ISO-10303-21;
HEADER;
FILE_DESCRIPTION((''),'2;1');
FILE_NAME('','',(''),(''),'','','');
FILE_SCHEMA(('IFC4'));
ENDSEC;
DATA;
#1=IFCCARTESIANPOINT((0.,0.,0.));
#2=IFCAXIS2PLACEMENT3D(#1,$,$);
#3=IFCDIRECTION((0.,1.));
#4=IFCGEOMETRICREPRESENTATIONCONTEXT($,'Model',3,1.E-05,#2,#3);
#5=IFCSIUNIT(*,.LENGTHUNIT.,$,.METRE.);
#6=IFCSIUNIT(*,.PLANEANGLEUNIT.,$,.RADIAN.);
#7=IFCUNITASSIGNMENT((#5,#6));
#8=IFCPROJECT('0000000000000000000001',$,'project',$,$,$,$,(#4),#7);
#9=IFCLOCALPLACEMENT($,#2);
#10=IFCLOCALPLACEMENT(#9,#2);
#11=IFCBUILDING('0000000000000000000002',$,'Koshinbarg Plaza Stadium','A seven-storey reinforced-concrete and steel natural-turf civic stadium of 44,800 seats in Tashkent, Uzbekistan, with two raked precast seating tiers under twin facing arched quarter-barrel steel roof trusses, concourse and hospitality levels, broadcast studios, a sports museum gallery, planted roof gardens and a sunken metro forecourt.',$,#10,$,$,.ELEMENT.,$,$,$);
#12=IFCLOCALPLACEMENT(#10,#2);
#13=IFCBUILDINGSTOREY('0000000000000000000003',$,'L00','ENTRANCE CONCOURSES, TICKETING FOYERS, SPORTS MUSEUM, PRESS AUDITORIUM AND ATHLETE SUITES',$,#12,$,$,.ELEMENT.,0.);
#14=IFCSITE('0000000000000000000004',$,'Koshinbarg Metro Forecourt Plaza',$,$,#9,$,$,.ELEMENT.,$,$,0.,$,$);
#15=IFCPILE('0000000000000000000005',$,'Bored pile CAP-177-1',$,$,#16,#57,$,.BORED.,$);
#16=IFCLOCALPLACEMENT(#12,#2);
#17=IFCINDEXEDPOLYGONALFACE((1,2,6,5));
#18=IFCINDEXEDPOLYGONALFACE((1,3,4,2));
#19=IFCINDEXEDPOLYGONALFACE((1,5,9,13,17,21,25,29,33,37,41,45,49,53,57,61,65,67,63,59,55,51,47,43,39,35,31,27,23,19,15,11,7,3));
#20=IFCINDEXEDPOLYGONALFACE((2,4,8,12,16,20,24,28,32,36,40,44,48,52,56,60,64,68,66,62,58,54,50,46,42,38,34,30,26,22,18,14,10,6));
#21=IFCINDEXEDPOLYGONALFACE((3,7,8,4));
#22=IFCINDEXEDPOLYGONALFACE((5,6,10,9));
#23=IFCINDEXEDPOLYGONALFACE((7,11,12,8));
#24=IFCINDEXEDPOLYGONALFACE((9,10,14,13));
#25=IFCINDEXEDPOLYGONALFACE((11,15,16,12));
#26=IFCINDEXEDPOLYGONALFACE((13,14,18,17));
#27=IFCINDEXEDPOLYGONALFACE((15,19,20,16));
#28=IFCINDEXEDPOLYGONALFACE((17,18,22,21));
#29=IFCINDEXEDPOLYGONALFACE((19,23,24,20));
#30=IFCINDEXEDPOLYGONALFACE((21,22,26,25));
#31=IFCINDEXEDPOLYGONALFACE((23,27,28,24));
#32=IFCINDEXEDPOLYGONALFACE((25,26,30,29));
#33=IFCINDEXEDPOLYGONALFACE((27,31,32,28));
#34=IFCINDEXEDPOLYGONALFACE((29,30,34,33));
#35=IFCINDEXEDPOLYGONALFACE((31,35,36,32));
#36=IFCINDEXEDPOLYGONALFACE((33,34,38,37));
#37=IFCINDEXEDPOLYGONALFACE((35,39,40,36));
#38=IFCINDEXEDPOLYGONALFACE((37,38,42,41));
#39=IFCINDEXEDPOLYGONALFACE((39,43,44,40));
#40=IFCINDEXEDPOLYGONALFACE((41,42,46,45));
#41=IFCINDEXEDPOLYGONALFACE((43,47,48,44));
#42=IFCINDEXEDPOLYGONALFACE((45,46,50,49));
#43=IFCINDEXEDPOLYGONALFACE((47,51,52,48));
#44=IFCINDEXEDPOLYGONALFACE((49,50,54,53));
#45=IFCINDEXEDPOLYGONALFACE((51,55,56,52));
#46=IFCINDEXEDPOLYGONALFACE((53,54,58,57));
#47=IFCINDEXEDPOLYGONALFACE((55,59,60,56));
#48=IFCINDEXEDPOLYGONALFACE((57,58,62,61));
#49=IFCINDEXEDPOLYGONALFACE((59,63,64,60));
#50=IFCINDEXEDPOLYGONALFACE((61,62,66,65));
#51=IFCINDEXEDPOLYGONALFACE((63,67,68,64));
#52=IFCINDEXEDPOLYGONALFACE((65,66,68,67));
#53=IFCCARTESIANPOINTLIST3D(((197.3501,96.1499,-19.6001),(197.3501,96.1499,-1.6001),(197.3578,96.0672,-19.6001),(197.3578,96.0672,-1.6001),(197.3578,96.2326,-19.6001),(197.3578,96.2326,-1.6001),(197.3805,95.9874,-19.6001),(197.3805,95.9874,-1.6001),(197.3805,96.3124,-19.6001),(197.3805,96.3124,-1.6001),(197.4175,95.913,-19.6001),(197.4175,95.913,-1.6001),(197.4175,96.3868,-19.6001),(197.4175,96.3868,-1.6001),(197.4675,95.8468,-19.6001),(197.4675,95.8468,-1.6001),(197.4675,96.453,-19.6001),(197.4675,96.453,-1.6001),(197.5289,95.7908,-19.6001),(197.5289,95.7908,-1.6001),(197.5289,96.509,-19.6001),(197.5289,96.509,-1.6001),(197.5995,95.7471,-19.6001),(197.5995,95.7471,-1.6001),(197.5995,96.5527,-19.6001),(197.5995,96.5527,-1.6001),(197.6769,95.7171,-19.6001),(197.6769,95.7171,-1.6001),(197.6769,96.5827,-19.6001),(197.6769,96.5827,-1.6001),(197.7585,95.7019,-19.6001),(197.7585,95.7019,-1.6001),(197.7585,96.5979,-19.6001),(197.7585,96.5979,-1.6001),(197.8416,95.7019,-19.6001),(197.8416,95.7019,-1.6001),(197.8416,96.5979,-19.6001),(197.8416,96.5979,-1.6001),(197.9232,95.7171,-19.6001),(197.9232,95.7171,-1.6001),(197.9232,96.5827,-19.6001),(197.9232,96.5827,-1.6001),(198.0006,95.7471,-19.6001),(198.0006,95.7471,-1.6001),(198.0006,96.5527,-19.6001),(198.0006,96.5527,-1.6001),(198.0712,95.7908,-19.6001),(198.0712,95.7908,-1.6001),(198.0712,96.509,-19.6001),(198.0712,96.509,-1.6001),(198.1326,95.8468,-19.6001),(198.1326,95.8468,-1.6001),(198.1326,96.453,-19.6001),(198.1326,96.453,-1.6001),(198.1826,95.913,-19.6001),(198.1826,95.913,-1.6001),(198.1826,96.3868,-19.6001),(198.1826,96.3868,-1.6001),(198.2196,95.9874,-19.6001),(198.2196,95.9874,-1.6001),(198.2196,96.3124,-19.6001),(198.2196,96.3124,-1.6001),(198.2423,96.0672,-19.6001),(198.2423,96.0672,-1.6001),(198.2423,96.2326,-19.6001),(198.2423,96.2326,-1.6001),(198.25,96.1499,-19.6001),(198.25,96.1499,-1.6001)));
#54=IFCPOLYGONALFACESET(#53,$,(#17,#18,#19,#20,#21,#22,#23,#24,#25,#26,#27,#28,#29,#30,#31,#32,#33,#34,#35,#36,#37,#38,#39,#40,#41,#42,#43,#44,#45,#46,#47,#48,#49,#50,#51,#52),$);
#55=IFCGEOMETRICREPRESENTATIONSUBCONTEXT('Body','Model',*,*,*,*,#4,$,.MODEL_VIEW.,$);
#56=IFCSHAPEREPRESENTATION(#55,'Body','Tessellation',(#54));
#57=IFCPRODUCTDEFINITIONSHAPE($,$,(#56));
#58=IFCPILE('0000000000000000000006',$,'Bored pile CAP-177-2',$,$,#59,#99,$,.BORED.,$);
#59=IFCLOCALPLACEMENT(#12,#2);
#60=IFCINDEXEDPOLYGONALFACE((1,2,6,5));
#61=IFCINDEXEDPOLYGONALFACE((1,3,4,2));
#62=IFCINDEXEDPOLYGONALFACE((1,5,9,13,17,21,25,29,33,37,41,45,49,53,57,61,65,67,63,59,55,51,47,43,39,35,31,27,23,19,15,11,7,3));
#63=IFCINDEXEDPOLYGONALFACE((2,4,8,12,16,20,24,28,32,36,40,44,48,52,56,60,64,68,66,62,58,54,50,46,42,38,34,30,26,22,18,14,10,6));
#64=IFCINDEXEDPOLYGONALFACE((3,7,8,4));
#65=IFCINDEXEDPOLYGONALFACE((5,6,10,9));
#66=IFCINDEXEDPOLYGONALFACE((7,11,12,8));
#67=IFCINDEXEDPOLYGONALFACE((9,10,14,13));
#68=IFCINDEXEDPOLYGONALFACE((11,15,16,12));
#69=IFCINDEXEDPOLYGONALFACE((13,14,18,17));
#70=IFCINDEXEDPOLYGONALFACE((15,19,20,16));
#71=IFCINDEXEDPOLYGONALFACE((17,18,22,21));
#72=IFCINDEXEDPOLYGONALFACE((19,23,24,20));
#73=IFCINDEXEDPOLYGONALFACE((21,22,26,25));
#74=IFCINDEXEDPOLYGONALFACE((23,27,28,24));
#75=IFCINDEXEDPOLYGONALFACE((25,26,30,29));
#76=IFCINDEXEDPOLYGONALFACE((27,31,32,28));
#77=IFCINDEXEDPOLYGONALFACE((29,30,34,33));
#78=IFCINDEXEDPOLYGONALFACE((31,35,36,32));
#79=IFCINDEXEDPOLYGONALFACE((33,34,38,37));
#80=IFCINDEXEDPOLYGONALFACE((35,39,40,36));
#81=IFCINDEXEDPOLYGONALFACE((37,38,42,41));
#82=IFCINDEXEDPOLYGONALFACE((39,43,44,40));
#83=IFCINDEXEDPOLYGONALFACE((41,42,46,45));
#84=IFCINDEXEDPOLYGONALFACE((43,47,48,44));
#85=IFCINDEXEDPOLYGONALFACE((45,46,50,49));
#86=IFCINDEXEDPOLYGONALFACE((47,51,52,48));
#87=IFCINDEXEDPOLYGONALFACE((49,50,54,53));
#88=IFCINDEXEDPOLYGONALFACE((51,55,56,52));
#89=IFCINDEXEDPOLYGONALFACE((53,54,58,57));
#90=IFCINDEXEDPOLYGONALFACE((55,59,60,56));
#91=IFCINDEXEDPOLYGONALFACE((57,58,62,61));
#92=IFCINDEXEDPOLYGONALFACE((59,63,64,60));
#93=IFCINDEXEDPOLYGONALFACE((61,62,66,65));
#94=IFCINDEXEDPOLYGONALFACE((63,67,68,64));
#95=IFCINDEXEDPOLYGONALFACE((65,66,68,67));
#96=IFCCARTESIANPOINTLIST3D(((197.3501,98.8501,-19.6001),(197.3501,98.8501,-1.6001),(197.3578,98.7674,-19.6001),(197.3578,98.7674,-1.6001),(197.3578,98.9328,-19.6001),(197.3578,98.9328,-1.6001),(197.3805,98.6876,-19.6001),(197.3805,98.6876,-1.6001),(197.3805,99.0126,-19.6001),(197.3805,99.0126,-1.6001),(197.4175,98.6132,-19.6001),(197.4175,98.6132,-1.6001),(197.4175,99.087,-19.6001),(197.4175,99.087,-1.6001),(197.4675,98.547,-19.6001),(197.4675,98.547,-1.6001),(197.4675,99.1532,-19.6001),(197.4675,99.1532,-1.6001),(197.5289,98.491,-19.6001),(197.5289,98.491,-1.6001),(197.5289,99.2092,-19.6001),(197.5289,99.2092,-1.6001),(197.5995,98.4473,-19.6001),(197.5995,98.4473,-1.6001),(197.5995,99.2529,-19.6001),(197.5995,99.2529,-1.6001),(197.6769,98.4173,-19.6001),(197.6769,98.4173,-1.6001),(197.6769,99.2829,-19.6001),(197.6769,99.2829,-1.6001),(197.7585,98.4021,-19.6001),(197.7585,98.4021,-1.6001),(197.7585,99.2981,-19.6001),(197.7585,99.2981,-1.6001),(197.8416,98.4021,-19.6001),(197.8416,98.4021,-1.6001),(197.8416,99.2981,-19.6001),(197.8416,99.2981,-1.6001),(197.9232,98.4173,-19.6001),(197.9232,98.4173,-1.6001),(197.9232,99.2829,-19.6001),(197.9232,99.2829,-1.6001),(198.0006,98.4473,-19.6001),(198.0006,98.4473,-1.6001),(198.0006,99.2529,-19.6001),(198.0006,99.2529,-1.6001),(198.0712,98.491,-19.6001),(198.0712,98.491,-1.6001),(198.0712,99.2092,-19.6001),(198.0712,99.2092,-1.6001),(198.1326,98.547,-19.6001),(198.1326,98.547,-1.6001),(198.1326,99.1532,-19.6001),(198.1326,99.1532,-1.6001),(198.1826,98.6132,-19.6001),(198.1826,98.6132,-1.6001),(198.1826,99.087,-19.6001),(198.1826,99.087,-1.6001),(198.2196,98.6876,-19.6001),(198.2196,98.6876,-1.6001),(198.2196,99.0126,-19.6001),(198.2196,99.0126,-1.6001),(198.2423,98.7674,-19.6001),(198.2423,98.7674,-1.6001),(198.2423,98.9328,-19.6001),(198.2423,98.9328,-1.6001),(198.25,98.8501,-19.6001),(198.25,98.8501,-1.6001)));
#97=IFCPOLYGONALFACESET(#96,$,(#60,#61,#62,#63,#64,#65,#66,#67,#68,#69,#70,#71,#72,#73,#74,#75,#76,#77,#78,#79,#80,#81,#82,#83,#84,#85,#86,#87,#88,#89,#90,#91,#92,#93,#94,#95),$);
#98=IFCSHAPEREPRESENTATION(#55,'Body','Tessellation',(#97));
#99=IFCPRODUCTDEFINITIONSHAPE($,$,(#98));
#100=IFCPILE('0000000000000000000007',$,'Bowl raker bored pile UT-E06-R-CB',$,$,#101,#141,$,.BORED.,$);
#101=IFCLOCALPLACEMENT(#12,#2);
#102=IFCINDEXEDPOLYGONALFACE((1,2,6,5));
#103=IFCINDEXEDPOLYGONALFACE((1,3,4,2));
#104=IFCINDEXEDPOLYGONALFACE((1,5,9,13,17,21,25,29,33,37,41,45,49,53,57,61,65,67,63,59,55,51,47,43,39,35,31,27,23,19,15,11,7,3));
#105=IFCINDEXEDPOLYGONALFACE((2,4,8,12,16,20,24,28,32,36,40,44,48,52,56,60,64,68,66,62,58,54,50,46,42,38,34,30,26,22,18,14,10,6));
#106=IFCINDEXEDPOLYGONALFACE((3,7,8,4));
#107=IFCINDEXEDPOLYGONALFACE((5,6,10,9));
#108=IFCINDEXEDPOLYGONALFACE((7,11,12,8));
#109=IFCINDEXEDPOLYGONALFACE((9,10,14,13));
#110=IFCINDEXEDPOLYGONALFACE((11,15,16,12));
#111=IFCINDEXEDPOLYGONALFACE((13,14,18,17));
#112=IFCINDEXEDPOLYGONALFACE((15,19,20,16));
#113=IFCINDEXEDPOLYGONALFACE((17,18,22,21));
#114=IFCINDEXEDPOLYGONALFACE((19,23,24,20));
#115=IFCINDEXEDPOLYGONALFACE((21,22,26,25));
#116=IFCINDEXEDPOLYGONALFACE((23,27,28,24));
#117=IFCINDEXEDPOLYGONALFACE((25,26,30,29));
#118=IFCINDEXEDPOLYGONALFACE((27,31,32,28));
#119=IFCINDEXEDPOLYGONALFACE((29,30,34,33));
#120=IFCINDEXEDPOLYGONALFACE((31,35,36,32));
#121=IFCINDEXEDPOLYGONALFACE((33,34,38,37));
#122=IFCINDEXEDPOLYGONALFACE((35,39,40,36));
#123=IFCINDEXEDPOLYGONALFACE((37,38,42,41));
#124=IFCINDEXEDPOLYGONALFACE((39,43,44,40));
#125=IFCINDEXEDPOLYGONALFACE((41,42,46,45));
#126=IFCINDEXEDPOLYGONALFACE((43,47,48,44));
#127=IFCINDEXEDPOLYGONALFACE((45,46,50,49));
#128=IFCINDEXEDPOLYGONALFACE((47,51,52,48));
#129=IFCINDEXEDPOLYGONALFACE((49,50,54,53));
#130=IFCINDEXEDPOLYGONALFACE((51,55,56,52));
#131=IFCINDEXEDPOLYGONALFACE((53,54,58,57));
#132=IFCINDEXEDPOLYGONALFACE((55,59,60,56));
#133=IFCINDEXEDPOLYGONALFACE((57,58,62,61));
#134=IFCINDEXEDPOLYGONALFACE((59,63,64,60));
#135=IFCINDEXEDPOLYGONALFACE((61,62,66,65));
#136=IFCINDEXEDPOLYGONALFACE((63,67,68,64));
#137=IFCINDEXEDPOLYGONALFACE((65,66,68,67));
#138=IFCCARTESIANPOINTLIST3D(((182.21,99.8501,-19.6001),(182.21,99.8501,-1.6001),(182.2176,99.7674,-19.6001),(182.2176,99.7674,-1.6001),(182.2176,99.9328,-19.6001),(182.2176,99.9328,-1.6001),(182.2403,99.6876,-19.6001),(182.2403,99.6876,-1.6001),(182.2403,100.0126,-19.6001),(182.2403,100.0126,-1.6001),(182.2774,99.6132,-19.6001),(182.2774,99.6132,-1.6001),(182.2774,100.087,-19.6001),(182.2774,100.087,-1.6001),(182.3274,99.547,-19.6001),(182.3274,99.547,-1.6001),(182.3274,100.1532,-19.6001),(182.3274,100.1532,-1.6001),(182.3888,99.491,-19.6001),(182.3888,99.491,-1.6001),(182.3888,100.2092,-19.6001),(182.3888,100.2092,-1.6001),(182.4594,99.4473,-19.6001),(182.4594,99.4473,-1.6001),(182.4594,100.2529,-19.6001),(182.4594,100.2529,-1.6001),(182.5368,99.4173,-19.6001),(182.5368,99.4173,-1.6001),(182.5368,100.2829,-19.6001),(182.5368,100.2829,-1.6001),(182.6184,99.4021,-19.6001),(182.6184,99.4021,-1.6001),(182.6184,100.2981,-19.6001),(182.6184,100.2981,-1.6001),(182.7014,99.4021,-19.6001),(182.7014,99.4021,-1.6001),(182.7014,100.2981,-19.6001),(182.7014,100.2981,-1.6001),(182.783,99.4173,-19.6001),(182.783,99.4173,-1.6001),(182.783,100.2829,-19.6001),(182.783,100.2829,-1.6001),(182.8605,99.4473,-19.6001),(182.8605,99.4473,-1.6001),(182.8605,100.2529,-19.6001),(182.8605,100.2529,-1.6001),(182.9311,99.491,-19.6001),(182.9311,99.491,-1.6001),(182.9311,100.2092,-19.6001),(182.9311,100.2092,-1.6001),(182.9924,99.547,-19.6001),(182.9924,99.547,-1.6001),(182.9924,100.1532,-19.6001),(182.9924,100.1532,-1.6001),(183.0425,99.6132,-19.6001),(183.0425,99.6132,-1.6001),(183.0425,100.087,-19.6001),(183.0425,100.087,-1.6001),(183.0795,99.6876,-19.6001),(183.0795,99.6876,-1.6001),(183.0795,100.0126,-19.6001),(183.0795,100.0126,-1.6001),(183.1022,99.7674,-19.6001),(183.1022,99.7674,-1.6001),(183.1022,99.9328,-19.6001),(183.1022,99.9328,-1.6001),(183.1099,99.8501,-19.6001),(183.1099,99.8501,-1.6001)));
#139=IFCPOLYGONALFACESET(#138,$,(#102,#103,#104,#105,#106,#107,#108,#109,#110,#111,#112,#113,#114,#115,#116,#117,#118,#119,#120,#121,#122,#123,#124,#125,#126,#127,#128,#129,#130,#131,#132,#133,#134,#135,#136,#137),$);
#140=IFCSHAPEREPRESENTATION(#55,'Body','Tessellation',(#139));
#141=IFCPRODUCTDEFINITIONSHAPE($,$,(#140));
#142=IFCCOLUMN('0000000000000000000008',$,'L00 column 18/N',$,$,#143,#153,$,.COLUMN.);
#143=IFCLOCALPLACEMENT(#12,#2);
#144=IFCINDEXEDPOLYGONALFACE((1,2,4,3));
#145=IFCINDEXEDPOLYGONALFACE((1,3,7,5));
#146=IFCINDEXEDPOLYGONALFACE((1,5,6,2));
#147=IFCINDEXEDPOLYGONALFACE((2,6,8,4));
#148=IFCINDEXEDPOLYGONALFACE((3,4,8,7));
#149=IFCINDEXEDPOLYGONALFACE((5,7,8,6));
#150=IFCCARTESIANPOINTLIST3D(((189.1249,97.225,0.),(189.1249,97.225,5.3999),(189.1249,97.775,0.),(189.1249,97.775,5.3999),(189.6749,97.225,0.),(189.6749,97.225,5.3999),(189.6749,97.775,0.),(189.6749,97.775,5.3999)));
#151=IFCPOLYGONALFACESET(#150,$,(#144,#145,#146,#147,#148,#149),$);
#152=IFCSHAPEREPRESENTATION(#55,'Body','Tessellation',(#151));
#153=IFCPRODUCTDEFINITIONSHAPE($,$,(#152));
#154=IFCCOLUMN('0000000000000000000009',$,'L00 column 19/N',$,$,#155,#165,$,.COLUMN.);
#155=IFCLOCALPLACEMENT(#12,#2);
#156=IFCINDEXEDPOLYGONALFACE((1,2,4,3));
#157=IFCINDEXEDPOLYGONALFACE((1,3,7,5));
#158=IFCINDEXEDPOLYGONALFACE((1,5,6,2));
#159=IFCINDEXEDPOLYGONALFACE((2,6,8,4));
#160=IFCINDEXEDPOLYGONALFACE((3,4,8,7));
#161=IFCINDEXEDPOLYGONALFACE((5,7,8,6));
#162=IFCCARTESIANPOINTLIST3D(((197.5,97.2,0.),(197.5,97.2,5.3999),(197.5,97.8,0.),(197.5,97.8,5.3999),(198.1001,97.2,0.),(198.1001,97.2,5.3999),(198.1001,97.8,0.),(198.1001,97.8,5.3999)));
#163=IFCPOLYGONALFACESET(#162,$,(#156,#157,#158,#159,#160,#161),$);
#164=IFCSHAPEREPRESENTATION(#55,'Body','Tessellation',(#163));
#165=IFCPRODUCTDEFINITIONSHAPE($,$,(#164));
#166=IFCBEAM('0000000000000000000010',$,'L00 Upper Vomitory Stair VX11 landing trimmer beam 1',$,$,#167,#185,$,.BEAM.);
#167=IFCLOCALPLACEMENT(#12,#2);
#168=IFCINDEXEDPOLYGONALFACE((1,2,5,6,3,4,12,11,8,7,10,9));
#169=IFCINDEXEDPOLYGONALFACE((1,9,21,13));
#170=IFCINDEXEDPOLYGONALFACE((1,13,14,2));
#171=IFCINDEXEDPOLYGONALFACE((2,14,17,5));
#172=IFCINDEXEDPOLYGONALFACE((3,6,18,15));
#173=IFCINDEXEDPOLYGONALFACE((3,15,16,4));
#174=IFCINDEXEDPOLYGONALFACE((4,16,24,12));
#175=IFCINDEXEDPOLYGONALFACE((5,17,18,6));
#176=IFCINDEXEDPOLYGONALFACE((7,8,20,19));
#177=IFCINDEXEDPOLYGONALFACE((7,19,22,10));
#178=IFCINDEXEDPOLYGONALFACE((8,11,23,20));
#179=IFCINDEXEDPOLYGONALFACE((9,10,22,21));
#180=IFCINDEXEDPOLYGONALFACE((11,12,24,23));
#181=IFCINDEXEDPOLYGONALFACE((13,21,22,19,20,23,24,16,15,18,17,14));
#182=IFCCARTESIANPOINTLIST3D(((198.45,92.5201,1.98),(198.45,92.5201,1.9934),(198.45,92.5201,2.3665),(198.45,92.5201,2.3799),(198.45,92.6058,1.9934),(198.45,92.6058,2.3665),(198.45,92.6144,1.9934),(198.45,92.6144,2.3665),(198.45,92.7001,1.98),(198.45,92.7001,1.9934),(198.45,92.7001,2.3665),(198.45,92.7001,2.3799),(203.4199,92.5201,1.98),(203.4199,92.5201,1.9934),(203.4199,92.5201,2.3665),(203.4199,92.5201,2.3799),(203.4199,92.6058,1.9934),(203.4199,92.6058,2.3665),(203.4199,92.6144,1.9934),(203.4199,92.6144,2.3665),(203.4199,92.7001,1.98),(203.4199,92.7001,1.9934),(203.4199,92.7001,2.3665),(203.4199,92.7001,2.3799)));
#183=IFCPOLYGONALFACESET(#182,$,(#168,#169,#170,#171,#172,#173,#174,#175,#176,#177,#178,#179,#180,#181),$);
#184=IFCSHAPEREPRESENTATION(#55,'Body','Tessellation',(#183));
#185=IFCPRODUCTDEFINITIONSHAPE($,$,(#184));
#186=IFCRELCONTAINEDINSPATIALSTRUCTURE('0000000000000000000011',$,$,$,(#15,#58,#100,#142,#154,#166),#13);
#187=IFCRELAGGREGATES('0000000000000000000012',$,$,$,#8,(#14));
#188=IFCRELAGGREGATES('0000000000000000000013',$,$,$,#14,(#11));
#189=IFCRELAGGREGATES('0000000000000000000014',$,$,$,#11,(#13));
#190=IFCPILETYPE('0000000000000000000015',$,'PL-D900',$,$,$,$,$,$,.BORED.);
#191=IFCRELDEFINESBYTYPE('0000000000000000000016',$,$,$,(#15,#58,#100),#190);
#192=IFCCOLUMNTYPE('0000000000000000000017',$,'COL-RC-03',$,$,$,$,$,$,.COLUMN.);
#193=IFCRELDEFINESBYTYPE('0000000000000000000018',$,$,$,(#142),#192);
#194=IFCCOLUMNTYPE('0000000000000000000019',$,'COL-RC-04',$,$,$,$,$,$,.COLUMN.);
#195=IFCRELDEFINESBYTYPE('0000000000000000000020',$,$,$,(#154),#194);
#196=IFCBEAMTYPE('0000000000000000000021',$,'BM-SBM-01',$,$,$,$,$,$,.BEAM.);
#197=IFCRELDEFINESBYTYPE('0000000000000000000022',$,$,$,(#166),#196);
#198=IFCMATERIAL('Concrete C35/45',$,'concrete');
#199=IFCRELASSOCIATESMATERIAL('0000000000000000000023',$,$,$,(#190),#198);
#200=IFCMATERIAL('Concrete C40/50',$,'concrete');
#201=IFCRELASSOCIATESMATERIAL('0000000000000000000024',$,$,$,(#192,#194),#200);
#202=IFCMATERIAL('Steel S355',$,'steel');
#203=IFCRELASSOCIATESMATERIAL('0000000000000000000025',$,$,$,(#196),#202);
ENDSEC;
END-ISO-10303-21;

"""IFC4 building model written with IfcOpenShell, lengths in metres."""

from ifc_helpers import new_model, si_unit, direction, frame, origin, origin_2d, place, context, subcontext, project, spatial, rectangle, circle, i_section, extrude, material, material_profile, profile_set, type_object, element, save


model = new_model("IFC4")

# Units and contexts
model_context = context("Model", 3, precision=1e-05, world=origin(), true_north=direction((0.0, 1.0)))
body_context = subcontext(model_context, "Body", "Model", "MODEL_VIEW")
ifc_project = project(units=[si_unit("LENGTHUNIT", "METRE"), si_unit("PLANEANGLEUNIT", "RADIAN")], contexts=[model_context])

# Site, building, storey
site_placement = place(None, origin())
site = spatial("IfcSite", under=ifc_project, at=site_placement, Name="Koshinbarg Metro Forecourt Plaza", CompositionType="ELEMENT", RefElevation=0.0)
building_placement = place(site_placement, origin())
building = spatial("IfcBuilding", under=site, at=building_placement, Name="Koshinbarg Plaza Stadium", Description="A seven-storey reinforced-concrete and steel natural-turf civic stadium of 44,800 seats in Tashkent, Uzbekistan, with two raked precast seating tiers under twin facing arched quarter-barrel steel roof trusses, concourse and hospitality levels, broadcast studios, a sports museum gallery, planted roof gardens and a sunken metro forecourt.", CompositionType="ELEMENT")
storey_placement = place(building_placement, origin())
storey = spatial("IfcBuildingStorey", under=building, at=storey_placement, Name="L00", Description="ENTRANCE CONCOURSES, TICKETING FOYERS, SPORTS MUSEUM, PRESS AUDITORIUM AND ATHLETE SUITES", CompositionType="ELEMENT", Elevation=0.0)

# Shared definitions
ifc_material_1 = material(Name="Concrete C35/45", Category="concrete")

# Piles
ifc_material_profile_1 = material_profile(ifc_material_1, circle(Radius=0.45, at=origin_2d()), Name="PILE D900")
ifc_profile_set_1 = profile_set([ifc_material_profile_1], Name="Concrete C35/45")
pile_type_1 = type_object("IfcPileType", Name="PL-D900", PredefinedType="BORED", material=ifc_profile_set_1)
for number, where, z_axis, x_axis, name in (
    (1, (197.8, 96.1499, -1.6001), (0.0, 0.0, -1.0), (1.0, 0.0, 0.0), "Bored pile CAP-177-1"),
    (2, (197.8, 98.8501, -1.6001), (0.0, 0.0, -1.0), (1.0, 0.0, 0.0), "Bored pile CAP-177-2"),
    (3, (182.6599, 99.8501, -1.6001), (0.0, 0.0, -1.0), (1.0, 0.0, 0.0), "Bowl raker bored pile UT-E06-R-CB"),
):
    element("IfcPile", number, at=place(storey_placement, frame(where, z_axis=z_axis, x_axis=x_axis)), inside=storey, type_object=pile_type_1, Name=name, PredefinedType="BORED", context=body_context, shape_type="SweptSolid", body=[
        extrude(circle(Radius=0.45, at=origin_2d()), origin(), (0.0, 0.0, 1.0), 18.0),
    ])

# Columns
ifc_material_2 = material(Name="Concrete C40/50", Category="concrete")
ifc_material_profile_2 = material_profile(ifc_material_2, rectangle(XDim=0.55, YDim=0.55, at=origin_2d()), Name="RC 550x550")
ifc_profile_set_2 = profile_set([ifc_material_profile_2], Name="Concrete C40/50")
column_type_1 = type_object("IfcColumnType", Name="COL-RC-03", PredefinedType="COLUMN", material=ifc_profile_set_2)
column_1_placement = place(storey_placement, frame((189.3999, 97.5, 0.0), z_axis=(0.0, 0.0, 1.0), x_axis=(1.0, 0.0, 0.0)))
element("IfcColumn", 4, at=column_1_placement, inside=storey, type_object=column_type_1, Name="L00 column 18/N", PredefinedType="COLUMN", context=body_context, shape_type="SweptSolid", body=[
    extrude(rectangle(XDim=0.55, YDim=0.55, at=origin_2d()), origin(), (0.0, 0.0, 1.0), 5.3999),
])
ifc_material_profile_3 = material_profile(ifc_material_2, rectangle(XDim=0.6001, YDim=0.6001, at=origin_2d()), Name="RC 600x600")
ifc_profile_set_3 = profile_set([ifc_material_profile_3], Name="Concrete C40/50")
column_type_2 = type_object("IfcColumnType", Name="COL-RC-04", PredefinedType="COLUMN", material=ifc_profile_set_3)
column_2_placement = place(storey_placement, frame((197.8, 97.5, 0.0), z_axis=(0.0, 0.0, 1.0), x_axis=(1.0, 0.0, 0.0)))
element("IfcColumn", 5, at=column_2_placement, inside=storey, type_object=column_type_2, Name="L00 column 19/N", PredefinedType="COLUMN", context=body_context, shape_type="SweptSolid", body=[
    extrude(rectangle(XDim=0.6001, YDim=0.6001, at=origin_2d()), origin(), (0.0, 0.0, 1.0), 5.3999),
])

# Beam
ifc_material_3 = material(Name="Steel S355", Category="steel")
ifc_material_profile_4 = material_profile(ifc_material_3, i_section(OverallWidth=0.1799, OverallDepth=0.3999, WebThickness=0.0085, FlangeThickness=0.0134, at=origin_2d()), Name="IPE 400")
ifc_profile_set_4 = profile_set([ifc_material_profile_4], Name="Steel S355")
beam_type = type_object("IfcBeamType", Name="BM-SBM-01", PredefinedType="BEAM", material=ifc_profile_set_4)
for number, where, z_axis, x_axis, name in (
    (6, (198.45, 92.6101, 2.1799), (1.0, 0.0, 0.0), (0.0, 1.0, 0.0), "L00 Upper Vomitory Stair VX11 landing trimmer beam 1"),
):
    element("IfcBeam", number, at=place(storey_placement, frame(where, z_axis=z_axis, x_axis=x_axis)), inside=storey, type_object=beam_type, Name=name, PredefinedType="BEAM", context=body_context, shape_type="SweptSolid", body=[
        extrude(i_section(OverallWidth=0.1799, OverallDepth=0.3999, WebThickness=0.0085, FlangeThickness=0.0134, at=origin_2d()), origin(), (0.0, 0.0, 1.0), 4.97),
    ])

save(model, "model.ifc")
